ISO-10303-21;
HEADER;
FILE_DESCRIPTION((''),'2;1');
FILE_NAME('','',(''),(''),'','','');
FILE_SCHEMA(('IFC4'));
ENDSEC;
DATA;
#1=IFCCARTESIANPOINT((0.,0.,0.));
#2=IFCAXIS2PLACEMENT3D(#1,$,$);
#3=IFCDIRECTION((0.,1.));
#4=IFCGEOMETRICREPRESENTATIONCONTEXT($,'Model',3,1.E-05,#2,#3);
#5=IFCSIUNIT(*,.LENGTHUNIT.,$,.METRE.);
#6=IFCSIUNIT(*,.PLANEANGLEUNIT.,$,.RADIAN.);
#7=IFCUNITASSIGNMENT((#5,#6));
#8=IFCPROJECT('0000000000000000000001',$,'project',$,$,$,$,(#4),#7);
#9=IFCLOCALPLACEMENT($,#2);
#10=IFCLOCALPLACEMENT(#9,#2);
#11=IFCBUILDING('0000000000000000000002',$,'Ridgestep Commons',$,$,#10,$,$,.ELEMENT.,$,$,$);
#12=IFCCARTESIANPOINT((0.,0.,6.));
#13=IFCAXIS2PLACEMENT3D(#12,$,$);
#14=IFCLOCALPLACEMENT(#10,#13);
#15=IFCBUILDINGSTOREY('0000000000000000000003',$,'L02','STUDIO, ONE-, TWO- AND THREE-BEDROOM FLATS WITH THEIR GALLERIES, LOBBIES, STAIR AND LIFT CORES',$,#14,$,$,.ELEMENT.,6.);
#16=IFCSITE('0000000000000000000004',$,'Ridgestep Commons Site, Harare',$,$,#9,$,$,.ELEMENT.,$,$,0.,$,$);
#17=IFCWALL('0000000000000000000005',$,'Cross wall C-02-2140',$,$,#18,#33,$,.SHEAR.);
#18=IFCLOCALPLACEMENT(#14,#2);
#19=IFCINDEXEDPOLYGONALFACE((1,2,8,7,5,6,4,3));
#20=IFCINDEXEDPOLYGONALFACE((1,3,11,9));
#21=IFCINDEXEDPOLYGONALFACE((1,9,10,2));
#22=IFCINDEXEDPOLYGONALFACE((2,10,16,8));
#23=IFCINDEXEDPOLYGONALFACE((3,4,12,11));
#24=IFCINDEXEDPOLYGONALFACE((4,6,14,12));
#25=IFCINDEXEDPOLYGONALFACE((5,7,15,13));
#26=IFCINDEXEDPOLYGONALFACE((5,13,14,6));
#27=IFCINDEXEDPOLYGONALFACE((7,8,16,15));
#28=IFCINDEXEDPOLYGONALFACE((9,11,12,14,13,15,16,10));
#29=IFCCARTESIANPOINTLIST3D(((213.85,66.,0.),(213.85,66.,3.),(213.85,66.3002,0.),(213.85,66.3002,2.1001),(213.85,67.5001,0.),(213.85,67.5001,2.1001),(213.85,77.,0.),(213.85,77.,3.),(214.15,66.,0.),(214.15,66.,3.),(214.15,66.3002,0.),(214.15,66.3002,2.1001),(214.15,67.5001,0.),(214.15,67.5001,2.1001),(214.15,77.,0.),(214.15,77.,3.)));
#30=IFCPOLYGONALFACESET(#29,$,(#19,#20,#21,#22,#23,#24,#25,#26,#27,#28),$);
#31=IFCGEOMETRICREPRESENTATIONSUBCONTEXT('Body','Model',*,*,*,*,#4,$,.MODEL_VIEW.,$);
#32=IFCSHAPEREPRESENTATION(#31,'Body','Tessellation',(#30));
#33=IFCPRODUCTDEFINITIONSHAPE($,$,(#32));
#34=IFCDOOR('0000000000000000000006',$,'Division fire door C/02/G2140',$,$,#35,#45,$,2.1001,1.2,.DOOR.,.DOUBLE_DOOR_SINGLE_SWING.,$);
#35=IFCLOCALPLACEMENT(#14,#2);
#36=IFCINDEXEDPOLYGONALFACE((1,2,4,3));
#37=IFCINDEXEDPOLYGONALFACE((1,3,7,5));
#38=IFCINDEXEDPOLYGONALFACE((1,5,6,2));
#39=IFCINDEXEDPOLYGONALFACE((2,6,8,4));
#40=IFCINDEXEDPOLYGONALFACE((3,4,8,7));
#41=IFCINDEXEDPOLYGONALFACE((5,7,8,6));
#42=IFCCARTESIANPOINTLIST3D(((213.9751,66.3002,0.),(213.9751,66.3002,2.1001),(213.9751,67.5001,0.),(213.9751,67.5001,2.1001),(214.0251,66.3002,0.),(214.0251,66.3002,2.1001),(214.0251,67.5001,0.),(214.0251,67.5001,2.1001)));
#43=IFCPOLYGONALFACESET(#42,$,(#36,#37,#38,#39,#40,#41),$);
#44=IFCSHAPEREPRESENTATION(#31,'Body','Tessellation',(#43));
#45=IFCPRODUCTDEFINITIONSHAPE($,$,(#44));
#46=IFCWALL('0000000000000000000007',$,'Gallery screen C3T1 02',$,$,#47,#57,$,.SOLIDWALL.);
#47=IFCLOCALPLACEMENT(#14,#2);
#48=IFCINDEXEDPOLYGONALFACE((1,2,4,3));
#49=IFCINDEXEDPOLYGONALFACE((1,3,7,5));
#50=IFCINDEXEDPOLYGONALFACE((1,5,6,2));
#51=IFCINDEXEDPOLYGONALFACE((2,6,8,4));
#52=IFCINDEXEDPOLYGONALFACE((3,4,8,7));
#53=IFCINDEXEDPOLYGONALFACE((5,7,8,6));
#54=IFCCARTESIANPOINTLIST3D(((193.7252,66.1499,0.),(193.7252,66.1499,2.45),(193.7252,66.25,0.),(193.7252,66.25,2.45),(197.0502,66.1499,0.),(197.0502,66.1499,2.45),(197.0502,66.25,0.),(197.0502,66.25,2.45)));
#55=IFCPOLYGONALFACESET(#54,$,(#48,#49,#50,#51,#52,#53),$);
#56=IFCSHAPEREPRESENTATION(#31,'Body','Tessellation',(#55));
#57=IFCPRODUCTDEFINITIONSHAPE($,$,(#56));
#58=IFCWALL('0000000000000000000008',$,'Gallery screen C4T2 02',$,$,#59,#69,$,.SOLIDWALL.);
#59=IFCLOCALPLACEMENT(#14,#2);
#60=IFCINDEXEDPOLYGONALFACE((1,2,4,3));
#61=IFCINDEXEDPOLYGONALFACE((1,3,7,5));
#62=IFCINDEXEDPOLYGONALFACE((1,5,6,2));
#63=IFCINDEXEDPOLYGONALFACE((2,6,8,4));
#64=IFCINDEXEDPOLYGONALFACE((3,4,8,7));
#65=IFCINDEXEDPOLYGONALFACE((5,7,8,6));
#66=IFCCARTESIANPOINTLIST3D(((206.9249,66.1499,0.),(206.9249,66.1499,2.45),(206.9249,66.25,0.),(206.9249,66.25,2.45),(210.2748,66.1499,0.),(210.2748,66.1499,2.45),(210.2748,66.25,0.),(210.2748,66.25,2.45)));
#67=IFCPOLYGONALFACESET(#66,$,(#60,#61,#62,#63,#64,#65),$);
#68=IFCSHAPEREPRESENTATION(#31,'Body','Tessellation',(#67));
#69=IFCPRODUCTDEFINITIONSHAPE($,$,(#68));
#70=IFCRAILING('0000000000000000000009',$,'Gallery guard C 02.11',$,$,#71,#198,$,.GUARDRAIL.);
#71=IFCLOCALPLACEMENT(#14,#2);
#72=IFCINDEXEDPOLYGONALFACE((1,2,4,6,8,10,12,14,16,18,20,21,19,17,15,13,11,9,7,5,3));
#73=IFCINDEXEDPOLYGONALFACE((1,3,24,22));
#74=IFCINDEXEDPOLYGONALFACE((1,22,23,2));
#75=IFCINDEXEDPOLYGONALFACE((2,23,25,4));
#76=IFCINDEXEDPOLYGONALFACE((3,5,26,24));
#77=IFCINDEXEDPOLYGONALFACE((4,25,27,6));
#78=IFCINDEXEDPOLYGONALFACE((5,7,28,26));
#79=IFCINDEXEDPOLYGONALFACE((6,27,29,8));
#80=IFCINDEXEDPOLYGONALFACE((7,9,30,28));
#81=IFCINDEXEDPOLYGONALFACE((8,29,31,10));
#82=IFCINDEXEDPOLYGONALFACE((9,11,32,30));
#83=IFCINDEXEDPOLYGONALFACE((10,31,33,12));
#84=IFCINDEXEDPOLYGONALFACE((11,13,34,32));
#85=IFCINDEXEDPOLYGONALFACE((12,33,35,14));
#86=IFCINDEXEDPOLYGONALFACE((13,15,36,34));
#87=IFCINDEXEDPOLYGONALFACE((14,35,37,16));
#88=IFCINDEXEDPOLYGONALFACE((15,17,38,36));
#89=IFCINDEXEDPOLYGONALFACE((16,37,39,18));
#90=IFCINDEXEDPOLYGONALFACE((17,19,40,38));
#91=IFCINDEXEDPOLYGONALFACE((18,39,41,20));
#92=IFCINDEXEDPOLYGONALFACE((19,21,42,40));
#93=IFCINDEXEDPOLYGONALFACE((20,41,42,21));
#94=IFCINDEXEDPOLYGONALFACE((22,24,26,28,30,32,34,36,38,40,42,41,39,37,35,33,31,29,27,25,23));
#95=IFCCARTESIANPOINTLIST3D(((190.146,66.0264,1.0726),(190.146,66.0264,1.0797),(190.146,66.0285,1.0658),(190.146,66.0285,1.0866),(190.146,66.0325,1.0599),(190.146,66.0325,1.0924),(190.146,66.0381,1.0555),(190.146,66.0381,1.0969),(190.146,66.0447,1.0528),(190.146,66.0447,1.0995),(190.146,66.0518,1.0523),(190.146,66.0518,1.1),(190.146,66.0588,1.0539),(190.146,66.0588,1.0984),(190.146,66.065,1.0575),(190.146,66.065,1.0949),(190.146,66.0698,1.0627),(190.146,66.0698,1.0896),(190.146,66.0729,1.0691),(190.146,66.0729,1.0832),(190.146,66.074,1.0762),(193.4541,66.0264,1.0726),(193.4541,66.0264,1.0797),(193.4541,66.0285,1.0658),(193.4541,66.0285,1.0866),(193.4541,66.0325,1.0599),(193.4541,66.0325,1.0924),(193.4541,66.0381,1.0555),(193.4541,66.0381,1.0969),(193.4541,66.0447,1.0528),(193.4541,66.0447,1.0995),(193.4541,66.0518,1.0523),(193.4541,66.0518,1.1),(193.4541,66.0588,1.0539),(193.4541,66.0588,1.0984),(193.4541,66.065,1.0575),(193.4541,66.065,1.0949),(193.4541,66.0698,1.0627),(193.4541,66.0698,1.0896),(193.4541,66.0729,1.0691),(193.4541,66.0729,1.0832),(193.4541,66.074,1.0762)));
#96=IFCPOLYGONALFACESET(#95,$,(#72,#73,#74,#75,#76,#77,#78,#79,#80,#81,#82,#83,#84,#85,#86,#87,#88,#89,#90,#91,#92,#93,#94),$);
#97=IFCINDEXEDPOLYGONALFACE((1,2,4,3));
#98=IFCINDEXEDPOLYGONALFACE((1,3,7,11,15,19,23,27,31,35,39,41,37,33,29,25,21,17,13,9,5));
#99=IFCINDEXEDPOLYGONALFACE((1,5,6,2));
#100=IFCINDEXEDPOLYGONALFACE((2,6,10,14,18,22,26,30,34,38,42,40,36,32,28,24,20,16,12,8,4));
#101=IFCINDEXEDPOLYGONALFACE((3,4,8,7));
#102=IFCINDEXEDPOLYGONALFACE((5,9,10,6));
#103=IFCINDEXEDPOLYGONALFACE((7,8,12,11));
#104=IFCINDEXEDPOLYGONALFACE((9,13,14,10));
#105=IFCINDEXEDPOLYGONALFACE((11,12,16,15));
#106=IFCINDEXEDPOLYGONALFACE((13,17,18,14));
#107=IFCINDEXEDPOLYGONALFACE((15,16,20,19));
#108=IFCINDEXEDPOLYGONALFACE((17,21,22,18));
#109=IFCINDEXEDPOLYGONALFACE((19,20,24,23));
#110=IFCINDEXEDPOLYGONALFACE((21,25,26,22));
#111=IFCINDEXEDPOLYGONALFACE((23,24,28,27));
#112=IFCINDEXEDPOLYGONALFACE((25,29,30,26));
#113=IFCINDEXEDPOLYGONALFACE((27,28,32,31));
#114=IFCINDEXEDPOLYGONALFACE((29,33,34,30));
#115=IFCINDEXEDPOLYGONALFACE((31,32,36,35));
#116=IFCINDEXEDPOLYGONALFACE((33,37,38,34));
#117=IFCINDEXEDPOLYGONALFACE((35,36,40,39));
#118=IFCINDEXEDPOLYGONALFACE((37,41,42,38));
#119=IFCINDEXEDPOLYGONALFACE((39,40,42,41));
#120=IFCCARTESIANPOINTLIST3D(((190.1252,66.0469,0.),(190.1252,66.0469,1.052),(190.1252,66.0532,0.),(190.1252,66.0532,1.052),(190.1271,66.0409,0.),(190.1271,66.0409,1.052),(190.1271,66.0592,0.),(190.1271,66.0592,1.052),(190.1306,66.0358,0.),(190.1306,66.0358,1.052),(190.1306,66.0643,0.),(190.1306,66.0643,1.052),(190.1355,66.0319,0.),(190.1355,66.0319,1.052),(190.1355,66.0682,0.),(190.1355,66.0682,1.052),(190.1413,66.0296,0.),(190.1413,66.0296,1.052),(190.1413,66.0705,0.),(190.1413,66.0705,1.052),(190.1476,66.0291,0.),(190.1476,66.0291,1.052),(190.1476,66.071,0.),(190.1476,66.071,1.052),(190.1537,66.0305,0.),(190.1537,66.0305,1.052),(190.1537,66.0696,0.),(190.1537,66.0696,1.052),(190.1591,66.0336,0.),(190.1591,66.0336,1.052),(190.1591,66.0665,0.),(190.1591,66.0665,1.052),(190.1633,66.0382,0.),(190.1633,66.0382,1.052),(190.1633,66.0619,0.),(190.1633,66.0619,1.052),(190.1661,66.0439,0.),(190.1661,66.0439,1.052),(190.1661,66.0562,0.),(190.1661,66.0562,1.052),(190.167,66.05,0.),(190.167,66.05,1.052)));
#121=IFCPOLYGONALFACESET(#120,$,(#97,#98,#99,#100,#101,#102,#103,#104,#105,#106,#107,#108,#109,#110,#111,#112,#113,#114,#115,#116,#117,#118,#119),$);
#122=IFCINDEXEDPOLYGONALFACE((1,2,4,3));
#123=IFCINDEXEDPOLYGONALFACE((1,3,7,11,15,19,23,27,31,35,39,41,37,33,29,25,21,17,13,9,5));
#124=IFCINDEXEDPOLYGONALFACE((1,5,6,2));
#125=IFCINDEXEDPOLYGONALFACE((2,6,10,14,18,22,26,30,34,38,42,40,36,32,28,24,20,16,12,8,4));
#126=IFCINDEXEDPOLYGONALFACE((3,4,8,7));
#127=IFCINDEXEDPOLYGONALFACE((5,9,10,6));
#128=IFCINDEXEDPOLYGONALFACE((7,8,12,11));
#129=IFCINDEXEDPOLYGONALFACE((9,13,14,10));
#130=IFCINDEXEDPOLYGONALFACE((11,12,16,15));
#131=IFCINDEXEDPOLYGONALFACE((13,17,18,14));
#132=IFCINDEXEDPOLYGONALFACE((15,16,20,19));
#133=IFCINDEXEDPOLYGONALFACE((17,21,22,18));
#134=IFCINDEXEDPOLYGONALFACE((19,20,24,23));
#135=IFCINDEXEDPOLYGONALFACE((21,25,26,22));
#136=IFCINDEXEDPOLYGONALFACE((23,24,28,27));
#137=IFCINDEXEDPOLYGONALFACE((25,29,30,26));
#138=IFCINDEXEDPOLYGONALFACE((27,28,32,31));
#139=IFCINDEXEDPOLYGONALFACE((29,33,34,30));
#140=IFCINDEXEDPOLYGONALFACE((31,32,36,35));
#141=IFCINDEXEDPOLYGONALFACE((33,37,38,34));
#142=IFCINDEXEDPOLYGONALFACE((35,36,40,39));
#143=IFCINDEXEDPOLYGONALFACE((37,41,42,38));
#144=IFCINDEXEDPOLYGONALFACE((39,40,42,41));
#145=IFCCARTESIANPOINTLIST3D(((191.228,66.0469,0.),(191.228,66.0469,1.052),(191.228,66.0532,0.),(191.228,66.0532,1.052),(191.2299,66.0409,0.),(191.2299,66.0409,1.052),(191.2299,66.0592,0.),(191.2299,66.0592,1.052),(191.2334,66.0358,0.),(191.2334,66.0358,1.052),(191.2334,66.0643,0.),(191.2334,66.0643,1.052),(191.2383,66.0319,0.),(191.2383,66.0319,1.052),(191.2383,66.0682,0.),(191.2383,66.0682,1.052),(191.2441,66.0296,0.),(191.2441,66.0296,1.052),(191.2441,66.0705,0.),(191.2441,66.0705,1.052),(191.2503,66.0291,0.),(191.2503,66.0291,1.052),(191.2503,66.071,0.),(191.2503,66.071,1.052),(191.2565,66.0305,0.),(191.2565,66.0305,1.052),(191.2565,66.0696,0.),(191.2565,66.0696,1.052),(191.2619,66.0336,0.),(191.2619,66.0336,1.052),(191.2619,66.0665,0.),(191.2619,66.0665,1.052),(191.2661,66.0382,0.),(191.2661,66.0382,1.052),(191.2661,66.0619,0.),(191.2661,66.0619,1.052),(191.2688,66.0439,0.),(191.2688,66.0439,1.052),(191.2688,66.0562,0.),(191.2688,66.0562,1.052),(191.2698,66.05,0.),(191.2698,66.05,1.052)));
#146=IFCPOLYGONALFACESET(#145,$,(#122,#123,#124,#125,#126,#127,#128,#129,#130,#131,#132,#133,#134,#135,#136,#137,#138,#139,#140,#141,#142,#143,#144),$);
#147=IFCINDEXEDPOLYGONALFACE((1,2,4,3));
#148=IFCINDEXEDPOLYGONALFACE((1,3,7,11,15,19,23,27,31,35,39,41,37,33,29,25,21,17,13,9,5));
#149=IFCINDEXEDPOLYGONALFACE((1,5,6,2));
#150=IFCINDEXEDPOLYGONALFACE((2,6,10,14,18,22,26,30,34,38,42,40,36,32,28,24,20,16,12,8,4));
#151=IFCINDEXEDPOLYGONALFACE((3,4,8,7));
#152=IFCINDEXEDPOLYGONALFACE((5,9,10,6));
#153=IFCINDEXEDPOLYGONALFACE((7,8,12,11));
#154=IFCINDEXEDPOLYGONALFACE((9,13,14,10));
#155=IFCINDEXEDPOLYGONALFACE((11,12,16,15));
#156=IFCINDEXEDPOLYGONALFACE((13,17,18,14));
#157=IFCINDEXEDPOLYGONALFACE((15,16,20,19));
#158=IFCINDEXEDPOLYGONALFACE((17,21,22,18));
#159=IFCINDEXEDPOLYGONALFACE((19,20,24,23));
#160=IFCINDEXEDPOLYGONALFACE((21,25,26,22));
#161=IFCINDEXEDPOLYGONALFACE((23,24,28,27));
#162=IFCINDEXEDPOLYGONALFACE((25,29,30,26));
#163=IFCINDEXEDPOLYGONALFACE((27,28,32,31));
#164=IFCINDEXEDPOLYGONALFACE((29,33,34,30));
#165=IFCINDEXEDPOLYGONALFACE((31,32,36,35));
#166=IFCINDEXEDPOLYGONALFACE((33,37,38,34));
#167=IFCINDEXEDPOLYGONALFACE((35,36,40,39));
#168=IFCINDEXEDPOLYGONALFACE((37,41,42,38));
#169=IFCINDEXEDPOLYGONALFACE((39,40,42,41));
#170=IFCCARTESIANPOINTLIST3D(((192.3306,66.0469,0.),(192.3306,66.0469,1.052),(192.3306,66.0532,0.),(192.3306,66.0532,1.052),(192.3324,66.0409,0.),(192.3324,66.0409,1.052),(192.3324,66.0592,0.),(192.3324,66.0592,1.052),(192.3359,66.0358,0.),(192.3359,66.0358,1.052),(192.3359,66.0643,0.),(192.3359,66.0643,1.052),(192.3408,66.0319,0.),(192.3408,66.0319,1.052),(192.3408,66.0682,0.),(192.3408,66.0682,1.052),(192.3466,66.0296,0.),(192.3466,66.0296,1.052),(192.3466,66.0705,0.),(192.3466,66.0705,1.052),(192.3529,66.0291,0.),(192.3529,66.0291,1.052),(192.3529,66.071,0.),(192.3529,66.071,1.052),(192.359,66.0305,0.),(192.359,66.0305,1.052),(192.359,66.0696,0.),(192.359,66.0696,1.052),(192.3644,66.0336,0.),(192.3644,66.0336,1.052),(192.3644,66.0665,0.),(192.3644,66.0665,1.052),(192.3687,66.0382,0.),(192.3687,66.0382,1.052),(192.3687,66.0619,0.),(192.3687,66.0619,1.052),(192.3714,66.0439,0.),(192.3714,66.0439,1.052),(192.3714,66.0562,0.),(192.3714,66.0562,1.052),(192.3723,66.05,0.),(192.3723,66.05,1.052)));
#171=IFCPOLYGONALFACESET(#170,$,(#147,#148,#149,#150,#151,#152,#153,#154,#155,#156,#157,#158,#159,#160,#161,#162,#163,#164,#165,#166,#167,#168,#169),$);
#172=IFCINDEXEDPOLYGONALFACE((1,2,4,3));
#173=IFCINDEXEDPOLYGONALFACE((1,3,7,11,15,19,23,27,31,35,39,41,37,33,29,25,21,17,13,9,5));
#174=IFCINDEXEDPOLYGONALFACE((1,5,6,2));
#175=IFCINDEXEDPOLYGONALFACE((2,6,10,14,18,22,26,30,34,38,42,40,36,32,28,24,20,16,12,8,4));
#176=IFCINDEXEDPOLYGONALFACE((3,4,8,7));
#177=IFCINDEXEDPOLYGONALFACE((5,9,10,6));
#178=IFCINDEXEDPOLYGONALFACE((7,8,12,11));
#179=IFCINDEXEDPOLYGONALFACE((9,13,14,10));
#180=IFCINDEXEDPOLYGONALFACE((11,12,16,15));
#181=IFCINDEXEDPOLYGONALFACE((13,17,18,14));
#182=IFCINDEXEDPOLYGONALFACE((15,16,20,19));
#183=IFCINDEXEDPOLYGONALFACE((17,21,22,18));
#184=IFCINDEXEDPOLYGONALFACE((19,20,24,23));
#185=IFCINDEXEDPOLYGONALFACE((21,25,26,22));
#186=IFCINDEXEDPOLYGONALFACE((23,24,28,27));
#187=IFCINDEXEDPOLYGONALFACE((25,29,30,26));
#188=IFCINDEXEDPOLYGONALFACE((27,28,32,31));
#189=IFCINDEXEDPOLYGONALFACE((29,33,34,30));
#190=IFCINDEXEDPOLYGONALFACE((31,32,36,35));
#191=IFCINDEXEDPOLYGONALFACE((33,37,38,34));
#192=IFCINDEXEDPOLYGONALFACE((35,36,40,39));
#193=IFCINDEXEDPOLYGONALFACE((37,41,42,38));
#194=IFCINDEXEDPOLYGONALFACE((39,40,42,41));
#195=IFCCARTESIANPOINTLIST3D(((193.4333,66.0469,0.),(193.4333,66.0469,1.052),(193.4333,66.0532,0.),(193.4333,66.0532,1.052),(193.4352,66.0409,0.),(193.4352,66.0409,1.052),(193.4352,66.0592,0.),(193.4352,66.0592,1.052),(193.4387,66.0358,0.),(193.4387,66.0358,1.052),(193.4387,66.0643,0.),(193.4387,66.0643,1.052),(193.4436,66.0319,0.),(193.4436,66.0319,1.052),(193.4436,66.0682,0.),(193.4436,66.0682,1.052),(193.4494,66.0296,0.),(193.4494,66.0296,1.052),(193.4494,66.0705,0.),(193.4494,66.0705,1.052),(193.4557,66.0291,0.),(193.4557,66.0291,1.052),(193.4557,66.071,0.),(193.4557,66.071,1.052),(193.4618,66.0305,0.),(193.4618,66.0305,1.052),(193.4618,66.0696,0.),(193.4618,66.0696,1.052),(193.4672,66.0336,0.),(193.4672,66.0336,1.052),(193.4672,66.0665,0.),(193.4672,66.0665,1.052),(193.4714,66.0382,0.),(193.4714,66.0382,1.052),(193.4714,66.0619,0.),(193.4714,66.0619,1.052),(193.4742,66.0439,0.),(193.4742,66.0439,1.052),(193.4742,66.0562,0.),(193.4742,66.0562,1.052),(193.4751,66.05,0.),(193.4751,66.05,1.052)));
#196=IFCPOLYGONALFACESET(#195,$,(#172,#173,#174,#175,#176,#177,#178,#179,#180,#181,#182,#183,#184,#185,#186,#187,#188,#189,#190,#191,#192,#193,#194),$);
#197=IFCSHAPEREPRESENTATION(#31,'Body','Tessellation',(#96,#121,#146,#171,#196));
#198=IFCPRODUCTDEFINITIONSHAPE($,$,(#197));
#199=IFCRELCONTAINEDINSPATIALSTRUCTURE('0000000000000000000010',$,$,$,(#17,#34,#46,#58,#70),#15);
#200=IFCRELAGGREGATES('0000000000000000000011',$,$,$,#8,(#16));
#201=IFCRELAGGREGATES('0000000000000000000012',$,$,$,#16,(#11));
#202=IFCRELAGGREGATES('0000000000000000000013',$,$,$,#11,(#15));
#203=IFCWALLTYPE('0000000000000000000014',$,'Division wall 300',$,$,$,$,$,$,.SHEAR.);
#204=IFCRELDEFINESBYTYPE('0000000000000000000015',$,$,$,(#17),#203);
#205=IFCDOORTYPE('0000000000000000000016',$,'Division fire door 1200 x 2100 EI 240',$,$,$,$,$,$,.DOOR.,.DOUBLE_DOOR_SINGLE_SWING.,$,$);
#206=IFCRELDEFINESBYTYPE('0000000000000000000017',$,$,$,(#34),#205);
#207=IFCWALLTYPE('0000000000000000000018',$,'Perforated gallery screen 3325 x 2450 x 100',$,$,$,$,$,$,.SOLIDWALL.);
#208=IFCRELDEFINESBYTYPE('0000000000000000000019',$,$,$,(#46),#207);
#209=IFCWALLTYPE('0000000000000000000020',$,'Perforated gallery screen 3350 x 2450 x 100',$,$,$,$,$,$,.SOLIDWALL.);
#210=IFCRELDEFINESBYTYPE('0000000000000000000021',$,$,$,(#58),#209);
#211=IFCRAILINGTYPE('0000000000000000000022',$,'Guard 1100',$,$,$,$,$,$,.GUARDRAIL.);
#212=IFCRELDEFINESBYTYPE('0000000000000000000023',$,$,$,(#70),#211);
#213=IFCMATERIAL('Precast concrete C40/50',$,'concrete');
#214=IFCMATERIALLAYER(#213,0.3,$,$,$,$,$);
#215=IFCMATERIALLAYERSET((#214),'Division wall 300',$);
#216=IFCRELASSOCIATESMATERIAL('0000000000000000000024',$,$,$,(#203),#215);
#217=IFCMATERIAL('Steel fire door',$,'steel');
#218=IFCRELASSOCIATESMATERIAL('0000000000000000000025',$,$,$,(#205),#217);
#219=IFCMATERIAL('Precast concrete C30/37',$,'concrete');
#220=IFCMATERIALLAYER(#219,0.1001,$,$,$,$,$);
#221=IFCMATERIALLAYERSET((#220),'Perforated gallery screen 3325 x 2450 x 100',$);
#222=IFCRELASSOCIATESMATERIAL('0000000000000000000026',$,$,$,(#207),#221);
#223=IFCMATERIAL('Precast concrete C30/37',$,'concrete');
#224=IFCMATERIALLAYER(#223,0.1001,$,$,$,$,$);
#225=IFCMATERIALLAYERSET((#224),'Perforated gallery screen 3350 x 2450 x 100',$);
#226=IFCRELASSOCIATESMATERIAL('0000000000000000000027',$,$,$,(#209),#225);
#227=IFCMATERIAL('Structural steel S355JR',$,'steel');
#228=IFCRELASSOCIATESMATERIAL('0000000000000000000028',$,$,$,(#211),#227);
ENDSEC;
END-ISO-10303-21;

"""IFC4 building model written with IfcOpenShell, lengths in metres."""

from ifc_helpers import new_model, si_unit, direction, frame, frame_2d, origin, origin_2d, place, context, subcontext, project, spatial, rectangle, circle, extrude, material, layer, layer_set, type_object, element, fill, save


model = new_model("IFC4")

# Units and contexts
model_context = context("Model", 3, precision=1e-05, world=origin(), true_north=direction((0.0, 1.0)))
body_context = subcontext(model_context, "Body", "Model", "MODEL_VIEW")
ifc_project = project(units=[si_unit("LENGTHUNIT", "METRE"), si_unit("PLANEANGLEUNIT", "RADIAN")], contexts=[model_context])

# Site, building, storey
site_placement = place(None, origin())
site = spatial("IfcSite", under=ifc_project, at=site_placement, Name="Ridgestep Commons Site, Harare", CompositionType="ELEMENT", RefElevation=0.0)
building_placement = place(site_placement, origin())
building = spatial("IfcBuilding", under=site, at=building_placement, Name="Ridgestep Commons", CompositionType="ELEMENT")
storey_placement = place(building_placement, frame((0.0, 0.0, 6.0)))
storey = spatial("IfcBuildingStorey", under=building, at=storey_placement, Name="L02", Description="STUDIO, ONE-, TWO- AND THREE-BEDROOM FLATS WITH THEIR GALLERIES, LOBBIES, STAIR AND LIFT CORES", CompositionType="ELEMENT", Elevation=6.0)

# Wall, opening, door
ifc_material_1 = material(Name="Precast concrete C40/50", Category="concrete")
ifc_layer_1 = layer(ifc_material_1, 0.3)
ifc_layer_set_1 = layer_set([ifc_layer_1], Name="Division wall 300")
wall_type_1 = type_object("IfcWallType", Name="Division wall 300", PredefinedType="SHEAR", material=ifc_layer_set_1)
ifc_material_2 = material(Name="Steel fire door", Category="steel")
door_type = type_object("IfcDoorType", Name="Division fire door 1200 x 2100 EI 240", OperationType="DOUBLE_DOOR_SINGLE_SWING", PredefinedType="DOOR", material=ifc_material_2)
wall_1_placement = place(storey_placement, frame((214.0, 66.0, 0.0), z_axis=(0.0, 0.0, 1.0), x_axis=(0.0, 1.0, 0.0)))
wall_1 = element("IfcWall", 1, at=wall_1_placement, inside=storey, type_object=wall_type_1, Name="Cross wall C-02-2140", PredefinedType="SHEAR", context=body_context, shape_type="SweptSolid", body=[
    extrude(rectangle(XDim=11.0, YDim=0.3, at=frame_2d((5.5, 0.0))), origin(), (0.0, 0.0, 1.0), 3.0),
])
opening_1_placement = place(wall_1_placement, frame((0.3, 0.0, 0.0)))
opening_1 = element("IfcOpeningElement", 2, at=opening_1_placement, cuts=wall_1, PredefinedType="OPENING", context=body_context, shape_type="SweptSolid", body=[
    extrude(rectangle(XDim=1.2, YDim=2.1001, at=frame_2d((0.6001, 1.05))), frame((0.0, 0.1599, 0.0), z_axis=(0.0, -1.0, 0.0), x_axis=(1.0, 0.0, 0.0)), (0.0, 0.0, 1.0), 0.3201),
])
door_1_placement = place(opening_1_placement, origin())
door_1 = element("IfcDoor", 3, at=door_1_placement, inside=storey, type_object=door_type, Name="Division fire door C/02/G2140", OperationType="DOUBLE_DOOR_SINGLE_SWING", OverallHeight=2.1001, OverallWidth=1.2, PredefinedType="DOOR", context=body_context, shape_type="SweptSolid", body=[
    extrude(rectangle(XDim=1.2, YDim=2.1001, at=frame_2d((0.6001, 1.05))), frame((0.0, 0.0249, 0.0), z_axis=(0.0, -1.0, 0.0), x_axis=(1.0, 0.0, 0.0)), (0.0, 0.0, 1.0), 0.05),
])
fill(opening_1, door_1)

# Walls
ifc_material_3 = material(Name="Precast concrete C30/37", Category="concrete")
ifc_layer_2 = layer(ifc_material_3, 0.1001)
ifc_layer_set_2 = layer_set([ifc_layer_2], Name="Perforated gallery screen 3325 x 2450 x 100")
wall_type_2 = type_object("IfcWallType", Name="Perforated gallery screen 3325 x 2450 x 100", PredefinedType="SOLIDWALL", material=ifc_layer_set_2)
wall_2_placement = place(storey_placement, frame((193.7251, 66.2, 0.0), z_axis=(0.0, 0.0, 1.0), x_axis=(1.0, 0.0, 0.0)))
element("IfcWall", 4, at=wall_2_placement, inside=storey, type_object=wall_type_2, Name="Gallery screen C3T1 02", PredefinedType="SOLIDWALL", context=body_context, shape_type="SweptSolid", body=[
    extrude(rectangle(XDim=3.325, YDim=0.1001, at=frame_2d((1.6626, 0.0))), origin(), (0.0, 0.0, 1.0), 2.45),
])
ifc_material_4 = material(Name="Precast concrete C30/37", Category="concrete")
ifc_layer_3 = layer(ifc_material_4, 0.1001)
ifc_layer_set_3 = layer_set([ifc_layer_3], Name="Perforated gallery screen 3350 x 2450 x 100")
wall_type_3 = type_object("IfcWallType", Name="Perforated gallery screen 3350 x 2450 x 100", PredefinedType="SOLIDWALL", material=ifc_layer_set_3)
wall_3_placement = place(storey_placement, frame((206.925, 66.2, 0.0), z_axis=(0.0, 0.0, 1.0), x_axis=(1.0, 0.0, 0.0)))
element("IfcWall", 5, at=wall_3_placement, inside=storey, type_object=wall_type_3, Name="Gallery screen C4T2 02", PredefinedType="SOLIDWALL", context=body_context, shape_type="SweptSolid", body=[
    extrude(rectangle(XDim=3.3499, YDim=0.1001, at=frame_2d((1.6748, 0.0))), origin(), (0.0, 0.0, 1.0), 2.45),
])

# Railing
ifc_material_5 = material(Name="Structural steel S355JR", Category="steel")
railing_type = type_object("IfcRailingType", Name="Guard 1100", PredefinedType="GUARDRAIL", material=ifc_material_5)
railing_1_placement = place(storey_placement, frame((190.146, 66.05, 0.0)))
element("IfcRailing", 6, at=railing_1_placement, inside=storey, type_object=railing_type, Name="Gallery guard C 02.11", PredefinedType="GUARDRAIL", context=body_context, shape_type="SweptSolid", body=[
    extrude(circle(Radius=0.0239, at=origin_2d()), frame((0.0, 0.0, 1.0762), z_axis=(1.0, 0.0, 0.0), x_axis=(0.0, 1.0, 0.0)), (0.0, 0.0, 1.0), 3.3081),
    extrude(circle(Radius=0.021, at=origin_2d()), origin(), (0.0, 0.0, 1.0), 1.052),
    extrude(circle(Radius=0.021, at=origin_2d()), frame((1.1028, 0.0, 0.0)), (0.0, 0.0, 1.0), 1.052),
    extrude(circle(Radius=0.021, at=origin_2d()), frame((2.2053, 0.0, 0.0)), (0.0, 0.0, 1.0), 1.052),
    extrude(circle(Radius=0.021, at=origin_2d()), frame((3.3081, 0.0, 0.0)), (0.0, 0.0, 1.0), 1.052),
])

save(model, "model.ifc")
